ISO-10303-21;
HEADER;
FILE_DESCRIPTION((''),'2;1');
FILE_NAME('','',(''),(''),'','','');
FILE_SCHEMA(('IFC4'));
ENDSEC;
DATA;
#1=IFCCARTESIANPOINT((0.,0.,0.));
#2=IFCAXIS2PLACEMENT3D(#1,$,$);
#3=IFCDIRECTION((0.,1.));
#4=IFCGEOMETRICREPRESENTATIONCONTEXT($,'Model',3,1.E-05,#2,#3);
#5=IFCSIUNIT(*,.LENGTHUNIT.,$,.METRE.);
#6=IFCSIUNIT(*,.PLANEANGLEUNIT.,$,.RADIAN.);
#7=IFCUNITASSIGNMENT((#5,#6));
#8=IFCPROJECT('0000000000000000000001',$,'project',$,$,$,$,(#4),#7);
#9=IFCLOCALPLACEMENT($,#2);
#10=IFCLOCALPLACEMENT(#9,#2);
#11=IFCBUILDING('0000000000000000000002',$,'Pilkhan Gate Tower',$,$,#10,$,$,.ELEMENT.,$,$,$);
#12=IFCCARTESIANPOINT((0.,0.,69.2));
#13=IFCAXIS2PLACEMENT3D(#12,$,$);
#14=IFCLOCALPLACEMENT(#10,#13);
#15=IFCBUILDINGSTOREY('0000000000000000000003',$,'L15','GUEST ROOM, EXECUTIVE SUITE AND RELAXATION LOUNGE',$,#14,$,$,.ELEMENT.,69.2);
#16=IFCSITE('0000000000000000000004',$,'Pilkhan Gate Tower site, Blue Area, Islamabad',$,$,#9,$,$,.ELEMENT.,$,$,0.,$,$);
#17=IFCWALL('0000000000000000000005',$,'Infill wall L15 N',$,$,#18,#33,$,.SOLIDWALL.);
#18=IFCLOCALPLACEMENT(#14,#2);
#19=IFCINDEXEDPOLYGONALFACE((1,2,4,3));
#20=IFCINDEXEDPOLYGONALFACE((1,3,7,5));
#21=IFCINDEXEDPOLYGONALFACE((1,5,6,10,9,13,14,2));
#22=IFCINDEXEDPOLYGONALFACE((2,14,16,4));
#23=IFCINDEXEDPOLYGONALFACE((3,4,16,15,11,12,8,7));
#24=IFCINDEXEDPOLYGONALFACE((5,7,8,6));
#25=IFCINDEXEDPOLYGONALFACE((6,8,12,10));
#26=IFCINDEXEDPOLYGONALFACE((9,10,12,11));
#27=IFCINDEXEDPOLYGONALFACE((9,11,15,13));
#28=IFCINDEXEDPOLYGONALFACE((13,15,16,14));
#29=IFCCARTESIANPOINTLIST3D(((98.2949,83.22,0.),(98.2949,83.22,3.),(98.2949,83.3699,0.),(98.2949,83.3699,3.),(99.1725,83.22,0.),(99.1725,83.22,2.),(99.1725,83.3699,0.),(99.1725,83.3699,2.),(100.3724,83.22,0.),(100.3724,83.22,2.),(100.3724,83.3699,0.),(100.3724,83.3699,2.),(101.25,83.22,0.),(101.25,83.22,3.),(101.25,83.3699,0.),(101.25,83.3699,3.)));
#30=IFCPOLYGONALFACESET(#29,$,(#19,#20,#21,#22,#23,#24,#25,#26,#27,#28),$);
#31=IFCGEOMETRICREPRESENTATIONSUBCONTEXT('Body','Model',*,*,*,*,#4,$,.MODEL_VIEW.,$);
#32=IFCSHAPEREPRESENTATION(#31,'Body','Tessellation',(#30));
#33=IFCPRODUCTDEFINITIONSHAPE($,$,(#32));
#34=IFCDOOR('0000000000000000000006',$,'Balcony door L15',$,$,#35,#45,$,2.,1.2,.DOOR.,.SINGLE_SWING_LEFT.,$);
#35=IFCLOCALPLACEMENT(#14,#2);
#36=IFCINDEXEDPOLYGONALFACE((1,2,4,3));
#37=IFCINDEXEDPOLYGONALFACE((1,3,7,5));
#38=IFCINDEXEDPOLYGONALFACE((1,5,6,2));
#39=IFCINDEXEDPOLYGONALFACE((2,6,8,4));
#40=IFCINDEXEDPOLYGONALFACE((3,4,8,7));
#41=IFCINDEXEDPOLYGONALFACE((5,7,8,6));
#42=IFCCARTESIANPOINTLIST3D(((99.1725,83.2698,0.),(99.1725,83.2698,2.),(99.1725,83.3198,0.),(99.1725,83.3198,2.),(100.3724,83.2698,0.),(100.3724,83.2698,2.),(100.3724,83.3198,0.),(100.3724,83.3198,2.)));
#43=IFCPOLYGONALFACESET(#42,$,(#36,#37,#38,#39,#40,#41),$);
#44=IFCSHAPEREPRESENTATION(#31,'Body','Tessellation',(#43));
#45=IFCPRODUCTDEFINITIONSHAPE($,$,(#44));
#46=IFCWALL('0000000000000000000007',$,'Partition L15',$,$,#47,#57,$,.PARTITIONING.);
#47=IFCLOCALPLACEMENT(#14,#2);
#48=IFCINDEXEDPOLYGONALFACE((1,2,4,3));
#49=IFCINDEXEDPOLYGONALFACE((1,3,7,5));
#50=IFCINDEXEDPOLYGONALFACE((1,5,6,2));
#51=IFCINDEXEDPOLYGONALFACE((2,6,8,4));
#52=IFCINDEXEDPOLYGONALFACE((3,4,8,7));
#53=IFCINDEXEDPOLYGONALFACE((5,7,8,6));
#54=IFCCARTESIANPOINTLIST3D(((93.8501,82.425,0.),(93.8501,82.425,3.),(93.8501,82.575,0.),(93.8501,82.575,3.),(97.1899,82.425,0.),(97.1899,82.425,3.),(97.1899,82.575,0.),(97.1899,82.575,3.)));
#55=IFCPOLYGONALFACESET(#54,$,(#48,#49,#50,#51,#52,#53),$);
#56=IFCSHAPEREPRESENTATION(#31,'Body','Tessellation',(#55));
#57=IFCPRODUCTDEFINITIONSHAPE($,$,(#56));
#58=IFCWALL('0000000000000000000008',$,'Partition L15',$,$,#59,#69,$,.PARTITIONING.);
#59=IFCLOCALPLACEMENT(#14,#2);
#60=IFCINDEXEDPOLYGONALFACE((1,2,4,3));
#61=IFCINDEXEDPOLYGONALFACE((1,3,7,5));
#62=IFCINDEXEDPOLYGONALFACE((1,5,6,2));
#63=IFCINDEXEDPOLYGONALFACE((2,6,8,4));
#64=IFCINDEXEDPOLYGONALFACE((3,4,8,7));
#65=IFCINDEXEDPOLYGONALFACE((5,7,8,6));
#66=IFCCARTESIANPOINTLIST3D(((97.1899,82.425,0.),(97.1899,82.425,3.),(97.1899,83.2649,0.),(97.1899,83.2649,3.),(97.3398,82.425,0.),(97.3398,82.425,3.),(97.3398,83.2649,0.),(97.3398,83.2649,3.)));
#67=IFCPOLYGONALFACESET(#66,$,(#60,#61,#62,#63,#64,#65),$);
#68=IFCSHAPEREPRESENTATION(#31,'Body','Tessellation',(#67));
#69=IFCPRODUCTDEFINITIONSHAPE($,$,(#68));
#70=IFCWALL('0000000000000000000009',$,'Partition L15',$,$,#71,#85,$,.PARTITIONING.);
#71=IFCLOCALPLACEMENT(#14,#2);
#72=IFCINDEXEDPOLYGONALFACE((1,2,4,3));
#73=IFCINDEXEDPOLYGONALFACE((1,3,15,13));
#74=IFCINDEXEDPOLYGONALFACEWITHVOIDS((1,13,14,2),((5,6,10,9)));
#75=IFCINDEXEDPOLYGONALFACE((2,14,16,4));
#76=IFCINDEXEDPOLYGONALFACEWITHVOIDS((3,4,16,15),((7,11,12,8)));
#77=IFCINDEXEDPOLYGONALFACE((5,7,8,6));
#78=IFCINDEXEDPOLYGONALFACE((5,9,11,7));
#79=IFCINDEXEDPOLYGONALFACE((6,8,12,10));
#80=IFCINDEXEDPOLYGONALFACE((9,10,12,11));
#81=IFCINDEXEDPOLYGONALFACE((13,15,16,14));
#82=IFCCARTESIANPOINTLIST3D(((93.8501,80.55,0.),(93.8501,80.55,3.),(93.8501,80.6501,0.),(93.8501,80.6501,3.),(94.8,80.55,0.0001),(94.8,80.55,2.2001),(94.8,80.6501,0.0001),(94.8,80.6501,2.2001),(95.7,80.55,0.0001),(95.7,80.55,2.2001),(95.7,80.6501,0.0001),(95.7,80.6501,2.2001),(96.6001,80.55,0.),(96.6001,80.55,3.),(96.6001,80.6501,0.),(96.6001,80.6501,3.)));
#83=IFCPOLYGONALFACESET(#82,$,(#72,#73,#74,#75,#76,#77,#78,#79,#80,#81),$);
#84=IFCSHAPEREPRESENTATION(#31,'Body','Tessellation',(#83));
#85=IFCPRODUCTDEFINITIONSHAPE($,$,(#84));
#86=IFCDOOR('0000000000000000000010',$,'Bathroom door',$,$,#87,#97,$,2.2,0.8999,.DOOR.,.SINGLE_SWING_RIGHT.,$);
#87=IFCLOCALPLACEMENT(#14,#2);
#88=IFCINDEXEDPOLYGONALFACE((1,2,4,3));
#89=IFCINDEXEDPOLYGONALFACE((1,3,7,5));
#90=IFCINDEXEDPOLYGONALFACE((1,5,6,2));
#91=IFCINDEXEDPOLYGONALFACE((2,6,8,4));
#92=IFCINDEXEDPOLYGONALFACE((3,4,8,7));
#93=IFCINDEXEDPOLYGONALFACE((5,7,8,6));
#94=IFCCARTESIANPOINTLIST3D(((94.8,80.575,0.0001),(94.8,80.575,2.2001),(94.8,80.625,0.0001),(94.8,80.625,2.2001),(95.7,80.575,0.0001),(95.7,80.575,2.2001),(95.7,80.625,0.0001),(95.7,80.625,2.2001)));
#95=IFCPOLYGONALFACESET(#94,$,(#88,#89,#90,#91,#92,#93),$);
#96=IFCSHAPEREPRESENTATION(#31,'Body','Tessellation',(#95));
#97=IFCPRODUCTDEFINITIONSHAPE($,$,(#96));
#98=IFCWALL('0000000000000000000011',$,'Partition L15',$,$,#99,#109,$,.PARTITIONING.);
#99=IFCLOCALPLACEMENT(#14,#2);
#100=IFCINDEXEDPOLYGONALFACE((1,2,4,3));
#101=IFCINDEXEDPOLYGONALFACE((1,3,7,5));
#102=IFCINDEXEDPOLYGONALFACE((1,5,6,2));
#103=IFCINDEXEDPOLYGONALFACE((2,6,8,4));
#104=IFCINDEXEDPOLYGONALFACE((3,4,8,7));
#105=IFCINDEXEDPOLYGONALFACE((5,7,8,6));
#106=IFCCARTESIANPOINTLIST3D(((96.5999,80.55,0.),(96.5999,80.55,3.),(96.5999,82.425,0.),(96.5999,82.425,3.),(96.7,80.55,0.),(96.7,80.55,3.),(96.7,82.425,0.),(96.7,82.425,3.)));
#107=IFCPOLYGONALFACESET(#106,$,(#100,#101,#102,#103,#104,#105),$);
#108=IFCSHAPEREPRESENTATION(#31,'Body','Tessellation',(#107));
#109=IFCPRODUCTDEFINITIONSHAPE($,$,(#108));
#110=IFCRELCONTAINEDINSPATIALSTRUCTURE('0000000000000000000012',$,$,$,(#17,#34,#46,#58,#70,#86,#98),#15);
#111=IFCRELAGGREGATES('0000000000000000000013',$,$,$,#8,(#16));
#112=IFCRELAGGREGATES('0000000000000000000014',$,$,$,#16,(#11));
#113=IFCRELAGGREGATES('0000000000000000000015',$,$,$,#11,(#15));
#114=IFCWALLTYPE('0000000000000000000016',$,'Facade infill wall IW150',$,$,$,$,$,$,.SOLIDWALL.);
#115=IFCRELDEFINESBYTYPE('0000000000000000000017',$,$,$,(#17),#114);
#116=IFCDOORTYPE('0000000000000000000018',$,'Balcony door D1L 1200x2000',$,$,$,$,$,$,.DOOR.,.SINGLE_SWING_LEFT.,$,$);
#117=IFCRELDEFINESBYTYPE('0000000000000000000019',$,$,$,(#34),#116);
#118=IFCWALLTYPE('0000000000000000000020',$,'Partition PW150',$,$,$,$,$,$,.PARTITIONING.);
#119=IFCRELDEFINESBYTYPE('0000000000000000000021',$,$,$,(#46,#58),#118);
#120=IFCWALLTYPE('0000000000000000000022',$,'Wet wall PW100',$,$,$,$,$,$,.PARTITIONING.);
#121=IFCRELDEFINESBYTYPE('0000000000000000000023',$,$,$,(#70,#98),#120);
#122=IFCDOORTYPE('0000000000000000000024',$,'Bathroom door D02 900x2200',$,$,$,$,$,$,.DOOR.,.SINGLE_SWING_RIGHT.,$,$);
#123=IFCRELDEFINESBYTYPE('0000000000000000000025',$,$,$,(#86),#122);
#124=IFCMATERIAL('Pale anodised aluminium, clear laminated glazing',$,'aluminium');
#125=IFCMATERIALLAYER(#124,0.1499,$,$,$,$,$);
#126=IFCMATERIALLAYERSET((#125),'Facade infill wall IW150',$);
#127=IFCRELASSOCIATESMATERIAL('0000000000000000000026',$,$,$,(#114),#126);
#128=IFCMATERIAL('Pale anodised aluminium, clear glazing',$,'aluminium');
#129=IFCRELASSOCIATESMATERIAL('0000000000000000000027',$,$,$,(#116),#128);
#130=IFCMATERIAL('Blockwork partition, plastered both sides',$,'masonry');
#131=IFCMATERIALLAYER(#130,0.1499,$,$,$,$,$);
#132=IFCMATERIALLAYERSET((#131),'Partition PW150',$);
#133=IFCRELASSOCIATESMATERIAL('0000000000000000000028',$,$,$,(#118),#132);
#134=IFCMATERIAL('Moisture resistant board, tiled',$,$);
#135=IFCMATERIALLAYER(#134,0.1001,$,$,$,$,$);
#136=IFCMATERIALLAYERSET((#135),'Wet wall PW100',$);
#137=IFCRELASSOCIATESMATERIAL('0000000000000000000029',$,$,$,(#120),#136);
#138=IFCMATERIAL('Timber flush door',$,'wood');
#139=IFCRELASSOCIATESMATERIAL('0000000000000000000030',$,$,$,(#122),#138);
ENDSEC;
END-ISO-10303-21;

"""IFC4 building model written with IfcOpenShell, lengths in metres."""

from ifc_helpers import new_model, si_unit, direction, frame, frame_2d, origin, place, context, subcontext, project, spatial, rectangle, extrude, material, layer, layer_set, type_object, element, fill, save


model = new_model("IFC4")

# Units and contexts
model_context = context("Model", 3, precision=1e-05, world=origin(), true_north=direction((0.0, 1.0)))
body_context = subcontext(model_context, "Body", "Model", "MODEL_VIEW")
ifc_project = project(units=[si_unit("LENGTHUNIT", "METRE"), si_unit("PLANEANGLEUNIT", "RADIAN")], contexts=[model_context])

# Site, building, storey
site_placement = place(None, origin())
site = spatial("IfcSite", under=ifc_project, at=site_placement, Name="Pilkhan Gate Tower site, Blue Area, Islamabad", CompositionType="ELEMENT", RefElevation=0.0)
building_placement = place(site_placement, origin())
building = spatial("IfcBuilding", under=site, at=building_placement, Name="Pilkhan Gate Tower", CompositionType="ELEMENT")
storey_placement = place(building_placement, frame((0.0, 0.0, 69.2)))
storey = spatial("IfcBuildingStorey", under=building, at=storey_placement, Name="L15", Description="GUEST ROOM, EXECUTIVE SUITE AND RELAXATION LOUNGE", CompositionType="ELEMENT", Elevation=69.2)

# Wall, opening, door
ifc_material_1 = material(Name="Pale anodised aluminium, clear laminated glazing", Category="aluminium")
ifc_layer_1 = layer(ifc_material_1, 0.1499)
ifc_layer_set_1 = layer_set([ifc_layer_1], Name="Facade infill wall IW150")
wall_type_1 = type_object("IfcWallType", Name="Facade infill wall IW150", PredefinedType="SOLIDWALL", material=ifc_layer_set_1)
wall_1_placement = place(storey_placement, frame((98.2949, 83.2949, 0.0), z_axis=(0.0, 0.0, 1.0), x_axis=(1.0, 0.0, 0.0)))
wall_1 = element("IfcWall", 1, at=wall_1_placement, inside=storey, type_object=wall_type_1, Name="Infill wall L15 N", PredefinedType="SOLIDWALL", context=body_context, shape_type="SweptSolid", body=[
    extrude(rectangle(XDim=2.9551, YDim=0.1499, at=frame_2d((1.4775, 0.0))), origin(), (0.0, 0.0, 1.0), 3.0),
])
opening_1_placement = place(wall_1_placement, frame((0.8774, 0.0, 0.0)))
opening_1 = element("IfcOpeningElement", 2, at=opening_1_placement, cuts=wall_1, PredefinedType="OPENING", context=body_context, shape_type="SweptSolid", body=[
    extrude(rectangle(XDim=1.2, YDim=2.0, at=frame_2d((0.6001, 1.0))), frame((0.0, 0.085, 0.0), z_axis=(0.0, -1.0, 0.0), x_axis=(1.0, 0.0, 0.0)), (0.0, 0.0, 1.0), 0.1699),
])
ifc_material_2 = material(Name="Pale anodised aluminium, clear glazing", Category="aluminium")
door_type_1 = type_object("IfcDoorType", Name="Balcony door D1L 1200x2000", OperationType="SINGLE_SWING_LEFT", PredefinedType="DOOR", material=ifc_material_2)
door_1_placement = place(opening_1_placement, origin())
door_1 = element("IfcDoor", 3, at=door_1_placement, inside=storey, type_object=door_type_1, Name="Balcony door L15", OperationType="SINGLE_SWING_LEFT", OverallHeight=2.0, OverallWidth=1.2, PredefinedType="DOOR", context=body_context, shape_type="SweptSolid", body=[
    extrude(rectangle(XDim=1.2, YDim=2.0, at=frame_2d((0.6001, 1.0))), frame((0.0, 0.0249, 0.0), z_axis=(0.0, -1.0, 0.0), x_axis=(1.0, 0.0, 0.0)), (0.0, 0.0, 1.0), 0.05),
])
fill(opening_1, door_1)

# Walls
ifc_material_3 = material(Name="Blockwork partition, plastered both sides", Category="masonry")
ifc_layer_2 = layer(ifc_material_3, 0.1499)
ifc_layer_set_2 = layer_set([ifc_layer_2], Name="Partition PW150")
wall_type_2 = type_object("IfcWallType", Name="Partition PW150", PredefinedType="PARTITIONING", material=ifc_layer_set_2)
wall_2_placement = place(storey_placement, frame((93.8501, 82.5, 0.0), z_axis=(0.0, 0.0, 1.0), x_axis=(1.0, 0.0, 0.0)))
element("IfcWall", 4, at=wall_2_placement, inside=storey, type_object=wall_type_2, Name="Partition L15", PredefinedType="PARTITIONING", context=body_context, shape_type="SweptSolid", body=[
    extrude(rectangle(XDim=3.3398, YDim=0.1499, at=frame_2d((1.6699, 0.0))), origin(), (0.0, 0.0, 1.0), 3.0),
])
wall_3_placement = place(storey_placement, frame((97.2649, 82.425, 0.0), z_axis=(0.0, 0.0, 1.0), x_axis=(0.0, 1.0, 0.0)))
element("IfcWall", 5, at=wall_3_placement, inside=storey, type_object=wall_type_2, Name="Partition L15", PredefinedType="PARTITIONING", context=body_context, shape_type="SweptSolid", body=[
    extrude(rectangle(XDim=0.8398, YDim=0.1499, at=frame_2d((0.4199, 0.0))), origin(), (0.0, 0.0, 1.0), 3.0),
])

# Wall, opening, door
ifc_material_4 = material(Name="Moisture resistant board, tiled")
ifc_layer_3 = layer(ifc_material_4, 0.1001)
ifc_layer_set_3 = layer_set([ifc_layer_3], Name="Wet wall PW100")
wall_type_3 = type_object("IfcWallType", Name="Wet wall PW100", PredefinedType="PARTITIONING", material=ifc_layer_set_3)
wall_4_placement = place(storey_placement, frame((93.8501, 80.6001, 0.0), z_axis=(0.0, 0.0, 1.0), x_axis=(1.0, 0.0, 0.0)))
wall_4 = element("IfcWall", 6, at=wall_4_placement, inside=storey, type_object=wall_type_3, Name="Partition L15", PredefinedType="PARTITIONING", context=body_context, shape_type="SweptSolid", body=[
    extrude(rectangle(XDim=2.75, YDim=0.1001, at=frame_2d((1.375, 0.0))), origin(), (0.0, 0.0, 1.0), 3.0),
])
opening_2_placement = place(wall_4_placement, frame((0.95, 0.0, 0.0)))
opening_2 = element("IfcOpeningElement", 7, at=opening_2_placement, cuts=wall_4, PredefinedType="OPENING", context=body_context, shape_type="SweptSolid", body=[
    extrude(rectangle(XDim=0.8999, YDim=2.2, at=frame_2d((0.45, 1.1001))), frame((0.0, 0.0601, 0.0), z_axis=(0.0, -1.0, 0.0), x_axis=(1.0, 0.0, 0.0)), (0.0, 0.0, 1.0), 0.1201),
])
ifc_material_5 = material(Name="Timber flush door", Category="wood")
door_type_2 = type_object("IfcDoorType", Name="Bathroom door D02 900x2200", OperationType="SINGLE_SWING_RIGHT", PredefinedType="DOOR", material=ifc_material_5)
door_2_placement = place(opening_2_placement, origin())
door_2 = element("IfcDoor", 8, at=door_2_placement, inside=storey, type_object=door_type_2, Name="Bathroom door", OperationType="SINGLE_SWING_RIGHT", OverallHeight=2.2, OverallWidth=0.8999, PredefinedType="DOOR", context=body_context, shape_type="SweptSolid", body=[
    extrude(rectangle(XDim=0.8999, YDim=2.2, at=frame_2d((0.45, 1.1001))), frame((0.0, 0.0249, 0.0), z_axis=(0.0, -1.0, 0.0), x_axis=(1.0, 0.0, 0.0)), (0.0, 0.0, 1.0), 0.05),
])
fill(opening_2, door_2)

# Wall
wall_5_placement = place(storey_placement, frame((96.6499, 80.55, 0.0), z_axis=(0.0, 0.0, 1.0), x_axis=(0.0, 1.0, 0.0)))
element("IfcWall", 9, at=wall_5_placement, inside=storey, type_object=wall_type_3, Name="Partition L15", PredefinedType="PARTITIONING", context=body_context, shape_type="SweptSolid", body=[
    extrude(rectangle(XDim=1.875, YDim=0.1001, at=frame_2d((0.9375, 0.0))), origin(), (0.0, 0.0, 1.0), 3.0),
])

save(model, "model.ifc")
